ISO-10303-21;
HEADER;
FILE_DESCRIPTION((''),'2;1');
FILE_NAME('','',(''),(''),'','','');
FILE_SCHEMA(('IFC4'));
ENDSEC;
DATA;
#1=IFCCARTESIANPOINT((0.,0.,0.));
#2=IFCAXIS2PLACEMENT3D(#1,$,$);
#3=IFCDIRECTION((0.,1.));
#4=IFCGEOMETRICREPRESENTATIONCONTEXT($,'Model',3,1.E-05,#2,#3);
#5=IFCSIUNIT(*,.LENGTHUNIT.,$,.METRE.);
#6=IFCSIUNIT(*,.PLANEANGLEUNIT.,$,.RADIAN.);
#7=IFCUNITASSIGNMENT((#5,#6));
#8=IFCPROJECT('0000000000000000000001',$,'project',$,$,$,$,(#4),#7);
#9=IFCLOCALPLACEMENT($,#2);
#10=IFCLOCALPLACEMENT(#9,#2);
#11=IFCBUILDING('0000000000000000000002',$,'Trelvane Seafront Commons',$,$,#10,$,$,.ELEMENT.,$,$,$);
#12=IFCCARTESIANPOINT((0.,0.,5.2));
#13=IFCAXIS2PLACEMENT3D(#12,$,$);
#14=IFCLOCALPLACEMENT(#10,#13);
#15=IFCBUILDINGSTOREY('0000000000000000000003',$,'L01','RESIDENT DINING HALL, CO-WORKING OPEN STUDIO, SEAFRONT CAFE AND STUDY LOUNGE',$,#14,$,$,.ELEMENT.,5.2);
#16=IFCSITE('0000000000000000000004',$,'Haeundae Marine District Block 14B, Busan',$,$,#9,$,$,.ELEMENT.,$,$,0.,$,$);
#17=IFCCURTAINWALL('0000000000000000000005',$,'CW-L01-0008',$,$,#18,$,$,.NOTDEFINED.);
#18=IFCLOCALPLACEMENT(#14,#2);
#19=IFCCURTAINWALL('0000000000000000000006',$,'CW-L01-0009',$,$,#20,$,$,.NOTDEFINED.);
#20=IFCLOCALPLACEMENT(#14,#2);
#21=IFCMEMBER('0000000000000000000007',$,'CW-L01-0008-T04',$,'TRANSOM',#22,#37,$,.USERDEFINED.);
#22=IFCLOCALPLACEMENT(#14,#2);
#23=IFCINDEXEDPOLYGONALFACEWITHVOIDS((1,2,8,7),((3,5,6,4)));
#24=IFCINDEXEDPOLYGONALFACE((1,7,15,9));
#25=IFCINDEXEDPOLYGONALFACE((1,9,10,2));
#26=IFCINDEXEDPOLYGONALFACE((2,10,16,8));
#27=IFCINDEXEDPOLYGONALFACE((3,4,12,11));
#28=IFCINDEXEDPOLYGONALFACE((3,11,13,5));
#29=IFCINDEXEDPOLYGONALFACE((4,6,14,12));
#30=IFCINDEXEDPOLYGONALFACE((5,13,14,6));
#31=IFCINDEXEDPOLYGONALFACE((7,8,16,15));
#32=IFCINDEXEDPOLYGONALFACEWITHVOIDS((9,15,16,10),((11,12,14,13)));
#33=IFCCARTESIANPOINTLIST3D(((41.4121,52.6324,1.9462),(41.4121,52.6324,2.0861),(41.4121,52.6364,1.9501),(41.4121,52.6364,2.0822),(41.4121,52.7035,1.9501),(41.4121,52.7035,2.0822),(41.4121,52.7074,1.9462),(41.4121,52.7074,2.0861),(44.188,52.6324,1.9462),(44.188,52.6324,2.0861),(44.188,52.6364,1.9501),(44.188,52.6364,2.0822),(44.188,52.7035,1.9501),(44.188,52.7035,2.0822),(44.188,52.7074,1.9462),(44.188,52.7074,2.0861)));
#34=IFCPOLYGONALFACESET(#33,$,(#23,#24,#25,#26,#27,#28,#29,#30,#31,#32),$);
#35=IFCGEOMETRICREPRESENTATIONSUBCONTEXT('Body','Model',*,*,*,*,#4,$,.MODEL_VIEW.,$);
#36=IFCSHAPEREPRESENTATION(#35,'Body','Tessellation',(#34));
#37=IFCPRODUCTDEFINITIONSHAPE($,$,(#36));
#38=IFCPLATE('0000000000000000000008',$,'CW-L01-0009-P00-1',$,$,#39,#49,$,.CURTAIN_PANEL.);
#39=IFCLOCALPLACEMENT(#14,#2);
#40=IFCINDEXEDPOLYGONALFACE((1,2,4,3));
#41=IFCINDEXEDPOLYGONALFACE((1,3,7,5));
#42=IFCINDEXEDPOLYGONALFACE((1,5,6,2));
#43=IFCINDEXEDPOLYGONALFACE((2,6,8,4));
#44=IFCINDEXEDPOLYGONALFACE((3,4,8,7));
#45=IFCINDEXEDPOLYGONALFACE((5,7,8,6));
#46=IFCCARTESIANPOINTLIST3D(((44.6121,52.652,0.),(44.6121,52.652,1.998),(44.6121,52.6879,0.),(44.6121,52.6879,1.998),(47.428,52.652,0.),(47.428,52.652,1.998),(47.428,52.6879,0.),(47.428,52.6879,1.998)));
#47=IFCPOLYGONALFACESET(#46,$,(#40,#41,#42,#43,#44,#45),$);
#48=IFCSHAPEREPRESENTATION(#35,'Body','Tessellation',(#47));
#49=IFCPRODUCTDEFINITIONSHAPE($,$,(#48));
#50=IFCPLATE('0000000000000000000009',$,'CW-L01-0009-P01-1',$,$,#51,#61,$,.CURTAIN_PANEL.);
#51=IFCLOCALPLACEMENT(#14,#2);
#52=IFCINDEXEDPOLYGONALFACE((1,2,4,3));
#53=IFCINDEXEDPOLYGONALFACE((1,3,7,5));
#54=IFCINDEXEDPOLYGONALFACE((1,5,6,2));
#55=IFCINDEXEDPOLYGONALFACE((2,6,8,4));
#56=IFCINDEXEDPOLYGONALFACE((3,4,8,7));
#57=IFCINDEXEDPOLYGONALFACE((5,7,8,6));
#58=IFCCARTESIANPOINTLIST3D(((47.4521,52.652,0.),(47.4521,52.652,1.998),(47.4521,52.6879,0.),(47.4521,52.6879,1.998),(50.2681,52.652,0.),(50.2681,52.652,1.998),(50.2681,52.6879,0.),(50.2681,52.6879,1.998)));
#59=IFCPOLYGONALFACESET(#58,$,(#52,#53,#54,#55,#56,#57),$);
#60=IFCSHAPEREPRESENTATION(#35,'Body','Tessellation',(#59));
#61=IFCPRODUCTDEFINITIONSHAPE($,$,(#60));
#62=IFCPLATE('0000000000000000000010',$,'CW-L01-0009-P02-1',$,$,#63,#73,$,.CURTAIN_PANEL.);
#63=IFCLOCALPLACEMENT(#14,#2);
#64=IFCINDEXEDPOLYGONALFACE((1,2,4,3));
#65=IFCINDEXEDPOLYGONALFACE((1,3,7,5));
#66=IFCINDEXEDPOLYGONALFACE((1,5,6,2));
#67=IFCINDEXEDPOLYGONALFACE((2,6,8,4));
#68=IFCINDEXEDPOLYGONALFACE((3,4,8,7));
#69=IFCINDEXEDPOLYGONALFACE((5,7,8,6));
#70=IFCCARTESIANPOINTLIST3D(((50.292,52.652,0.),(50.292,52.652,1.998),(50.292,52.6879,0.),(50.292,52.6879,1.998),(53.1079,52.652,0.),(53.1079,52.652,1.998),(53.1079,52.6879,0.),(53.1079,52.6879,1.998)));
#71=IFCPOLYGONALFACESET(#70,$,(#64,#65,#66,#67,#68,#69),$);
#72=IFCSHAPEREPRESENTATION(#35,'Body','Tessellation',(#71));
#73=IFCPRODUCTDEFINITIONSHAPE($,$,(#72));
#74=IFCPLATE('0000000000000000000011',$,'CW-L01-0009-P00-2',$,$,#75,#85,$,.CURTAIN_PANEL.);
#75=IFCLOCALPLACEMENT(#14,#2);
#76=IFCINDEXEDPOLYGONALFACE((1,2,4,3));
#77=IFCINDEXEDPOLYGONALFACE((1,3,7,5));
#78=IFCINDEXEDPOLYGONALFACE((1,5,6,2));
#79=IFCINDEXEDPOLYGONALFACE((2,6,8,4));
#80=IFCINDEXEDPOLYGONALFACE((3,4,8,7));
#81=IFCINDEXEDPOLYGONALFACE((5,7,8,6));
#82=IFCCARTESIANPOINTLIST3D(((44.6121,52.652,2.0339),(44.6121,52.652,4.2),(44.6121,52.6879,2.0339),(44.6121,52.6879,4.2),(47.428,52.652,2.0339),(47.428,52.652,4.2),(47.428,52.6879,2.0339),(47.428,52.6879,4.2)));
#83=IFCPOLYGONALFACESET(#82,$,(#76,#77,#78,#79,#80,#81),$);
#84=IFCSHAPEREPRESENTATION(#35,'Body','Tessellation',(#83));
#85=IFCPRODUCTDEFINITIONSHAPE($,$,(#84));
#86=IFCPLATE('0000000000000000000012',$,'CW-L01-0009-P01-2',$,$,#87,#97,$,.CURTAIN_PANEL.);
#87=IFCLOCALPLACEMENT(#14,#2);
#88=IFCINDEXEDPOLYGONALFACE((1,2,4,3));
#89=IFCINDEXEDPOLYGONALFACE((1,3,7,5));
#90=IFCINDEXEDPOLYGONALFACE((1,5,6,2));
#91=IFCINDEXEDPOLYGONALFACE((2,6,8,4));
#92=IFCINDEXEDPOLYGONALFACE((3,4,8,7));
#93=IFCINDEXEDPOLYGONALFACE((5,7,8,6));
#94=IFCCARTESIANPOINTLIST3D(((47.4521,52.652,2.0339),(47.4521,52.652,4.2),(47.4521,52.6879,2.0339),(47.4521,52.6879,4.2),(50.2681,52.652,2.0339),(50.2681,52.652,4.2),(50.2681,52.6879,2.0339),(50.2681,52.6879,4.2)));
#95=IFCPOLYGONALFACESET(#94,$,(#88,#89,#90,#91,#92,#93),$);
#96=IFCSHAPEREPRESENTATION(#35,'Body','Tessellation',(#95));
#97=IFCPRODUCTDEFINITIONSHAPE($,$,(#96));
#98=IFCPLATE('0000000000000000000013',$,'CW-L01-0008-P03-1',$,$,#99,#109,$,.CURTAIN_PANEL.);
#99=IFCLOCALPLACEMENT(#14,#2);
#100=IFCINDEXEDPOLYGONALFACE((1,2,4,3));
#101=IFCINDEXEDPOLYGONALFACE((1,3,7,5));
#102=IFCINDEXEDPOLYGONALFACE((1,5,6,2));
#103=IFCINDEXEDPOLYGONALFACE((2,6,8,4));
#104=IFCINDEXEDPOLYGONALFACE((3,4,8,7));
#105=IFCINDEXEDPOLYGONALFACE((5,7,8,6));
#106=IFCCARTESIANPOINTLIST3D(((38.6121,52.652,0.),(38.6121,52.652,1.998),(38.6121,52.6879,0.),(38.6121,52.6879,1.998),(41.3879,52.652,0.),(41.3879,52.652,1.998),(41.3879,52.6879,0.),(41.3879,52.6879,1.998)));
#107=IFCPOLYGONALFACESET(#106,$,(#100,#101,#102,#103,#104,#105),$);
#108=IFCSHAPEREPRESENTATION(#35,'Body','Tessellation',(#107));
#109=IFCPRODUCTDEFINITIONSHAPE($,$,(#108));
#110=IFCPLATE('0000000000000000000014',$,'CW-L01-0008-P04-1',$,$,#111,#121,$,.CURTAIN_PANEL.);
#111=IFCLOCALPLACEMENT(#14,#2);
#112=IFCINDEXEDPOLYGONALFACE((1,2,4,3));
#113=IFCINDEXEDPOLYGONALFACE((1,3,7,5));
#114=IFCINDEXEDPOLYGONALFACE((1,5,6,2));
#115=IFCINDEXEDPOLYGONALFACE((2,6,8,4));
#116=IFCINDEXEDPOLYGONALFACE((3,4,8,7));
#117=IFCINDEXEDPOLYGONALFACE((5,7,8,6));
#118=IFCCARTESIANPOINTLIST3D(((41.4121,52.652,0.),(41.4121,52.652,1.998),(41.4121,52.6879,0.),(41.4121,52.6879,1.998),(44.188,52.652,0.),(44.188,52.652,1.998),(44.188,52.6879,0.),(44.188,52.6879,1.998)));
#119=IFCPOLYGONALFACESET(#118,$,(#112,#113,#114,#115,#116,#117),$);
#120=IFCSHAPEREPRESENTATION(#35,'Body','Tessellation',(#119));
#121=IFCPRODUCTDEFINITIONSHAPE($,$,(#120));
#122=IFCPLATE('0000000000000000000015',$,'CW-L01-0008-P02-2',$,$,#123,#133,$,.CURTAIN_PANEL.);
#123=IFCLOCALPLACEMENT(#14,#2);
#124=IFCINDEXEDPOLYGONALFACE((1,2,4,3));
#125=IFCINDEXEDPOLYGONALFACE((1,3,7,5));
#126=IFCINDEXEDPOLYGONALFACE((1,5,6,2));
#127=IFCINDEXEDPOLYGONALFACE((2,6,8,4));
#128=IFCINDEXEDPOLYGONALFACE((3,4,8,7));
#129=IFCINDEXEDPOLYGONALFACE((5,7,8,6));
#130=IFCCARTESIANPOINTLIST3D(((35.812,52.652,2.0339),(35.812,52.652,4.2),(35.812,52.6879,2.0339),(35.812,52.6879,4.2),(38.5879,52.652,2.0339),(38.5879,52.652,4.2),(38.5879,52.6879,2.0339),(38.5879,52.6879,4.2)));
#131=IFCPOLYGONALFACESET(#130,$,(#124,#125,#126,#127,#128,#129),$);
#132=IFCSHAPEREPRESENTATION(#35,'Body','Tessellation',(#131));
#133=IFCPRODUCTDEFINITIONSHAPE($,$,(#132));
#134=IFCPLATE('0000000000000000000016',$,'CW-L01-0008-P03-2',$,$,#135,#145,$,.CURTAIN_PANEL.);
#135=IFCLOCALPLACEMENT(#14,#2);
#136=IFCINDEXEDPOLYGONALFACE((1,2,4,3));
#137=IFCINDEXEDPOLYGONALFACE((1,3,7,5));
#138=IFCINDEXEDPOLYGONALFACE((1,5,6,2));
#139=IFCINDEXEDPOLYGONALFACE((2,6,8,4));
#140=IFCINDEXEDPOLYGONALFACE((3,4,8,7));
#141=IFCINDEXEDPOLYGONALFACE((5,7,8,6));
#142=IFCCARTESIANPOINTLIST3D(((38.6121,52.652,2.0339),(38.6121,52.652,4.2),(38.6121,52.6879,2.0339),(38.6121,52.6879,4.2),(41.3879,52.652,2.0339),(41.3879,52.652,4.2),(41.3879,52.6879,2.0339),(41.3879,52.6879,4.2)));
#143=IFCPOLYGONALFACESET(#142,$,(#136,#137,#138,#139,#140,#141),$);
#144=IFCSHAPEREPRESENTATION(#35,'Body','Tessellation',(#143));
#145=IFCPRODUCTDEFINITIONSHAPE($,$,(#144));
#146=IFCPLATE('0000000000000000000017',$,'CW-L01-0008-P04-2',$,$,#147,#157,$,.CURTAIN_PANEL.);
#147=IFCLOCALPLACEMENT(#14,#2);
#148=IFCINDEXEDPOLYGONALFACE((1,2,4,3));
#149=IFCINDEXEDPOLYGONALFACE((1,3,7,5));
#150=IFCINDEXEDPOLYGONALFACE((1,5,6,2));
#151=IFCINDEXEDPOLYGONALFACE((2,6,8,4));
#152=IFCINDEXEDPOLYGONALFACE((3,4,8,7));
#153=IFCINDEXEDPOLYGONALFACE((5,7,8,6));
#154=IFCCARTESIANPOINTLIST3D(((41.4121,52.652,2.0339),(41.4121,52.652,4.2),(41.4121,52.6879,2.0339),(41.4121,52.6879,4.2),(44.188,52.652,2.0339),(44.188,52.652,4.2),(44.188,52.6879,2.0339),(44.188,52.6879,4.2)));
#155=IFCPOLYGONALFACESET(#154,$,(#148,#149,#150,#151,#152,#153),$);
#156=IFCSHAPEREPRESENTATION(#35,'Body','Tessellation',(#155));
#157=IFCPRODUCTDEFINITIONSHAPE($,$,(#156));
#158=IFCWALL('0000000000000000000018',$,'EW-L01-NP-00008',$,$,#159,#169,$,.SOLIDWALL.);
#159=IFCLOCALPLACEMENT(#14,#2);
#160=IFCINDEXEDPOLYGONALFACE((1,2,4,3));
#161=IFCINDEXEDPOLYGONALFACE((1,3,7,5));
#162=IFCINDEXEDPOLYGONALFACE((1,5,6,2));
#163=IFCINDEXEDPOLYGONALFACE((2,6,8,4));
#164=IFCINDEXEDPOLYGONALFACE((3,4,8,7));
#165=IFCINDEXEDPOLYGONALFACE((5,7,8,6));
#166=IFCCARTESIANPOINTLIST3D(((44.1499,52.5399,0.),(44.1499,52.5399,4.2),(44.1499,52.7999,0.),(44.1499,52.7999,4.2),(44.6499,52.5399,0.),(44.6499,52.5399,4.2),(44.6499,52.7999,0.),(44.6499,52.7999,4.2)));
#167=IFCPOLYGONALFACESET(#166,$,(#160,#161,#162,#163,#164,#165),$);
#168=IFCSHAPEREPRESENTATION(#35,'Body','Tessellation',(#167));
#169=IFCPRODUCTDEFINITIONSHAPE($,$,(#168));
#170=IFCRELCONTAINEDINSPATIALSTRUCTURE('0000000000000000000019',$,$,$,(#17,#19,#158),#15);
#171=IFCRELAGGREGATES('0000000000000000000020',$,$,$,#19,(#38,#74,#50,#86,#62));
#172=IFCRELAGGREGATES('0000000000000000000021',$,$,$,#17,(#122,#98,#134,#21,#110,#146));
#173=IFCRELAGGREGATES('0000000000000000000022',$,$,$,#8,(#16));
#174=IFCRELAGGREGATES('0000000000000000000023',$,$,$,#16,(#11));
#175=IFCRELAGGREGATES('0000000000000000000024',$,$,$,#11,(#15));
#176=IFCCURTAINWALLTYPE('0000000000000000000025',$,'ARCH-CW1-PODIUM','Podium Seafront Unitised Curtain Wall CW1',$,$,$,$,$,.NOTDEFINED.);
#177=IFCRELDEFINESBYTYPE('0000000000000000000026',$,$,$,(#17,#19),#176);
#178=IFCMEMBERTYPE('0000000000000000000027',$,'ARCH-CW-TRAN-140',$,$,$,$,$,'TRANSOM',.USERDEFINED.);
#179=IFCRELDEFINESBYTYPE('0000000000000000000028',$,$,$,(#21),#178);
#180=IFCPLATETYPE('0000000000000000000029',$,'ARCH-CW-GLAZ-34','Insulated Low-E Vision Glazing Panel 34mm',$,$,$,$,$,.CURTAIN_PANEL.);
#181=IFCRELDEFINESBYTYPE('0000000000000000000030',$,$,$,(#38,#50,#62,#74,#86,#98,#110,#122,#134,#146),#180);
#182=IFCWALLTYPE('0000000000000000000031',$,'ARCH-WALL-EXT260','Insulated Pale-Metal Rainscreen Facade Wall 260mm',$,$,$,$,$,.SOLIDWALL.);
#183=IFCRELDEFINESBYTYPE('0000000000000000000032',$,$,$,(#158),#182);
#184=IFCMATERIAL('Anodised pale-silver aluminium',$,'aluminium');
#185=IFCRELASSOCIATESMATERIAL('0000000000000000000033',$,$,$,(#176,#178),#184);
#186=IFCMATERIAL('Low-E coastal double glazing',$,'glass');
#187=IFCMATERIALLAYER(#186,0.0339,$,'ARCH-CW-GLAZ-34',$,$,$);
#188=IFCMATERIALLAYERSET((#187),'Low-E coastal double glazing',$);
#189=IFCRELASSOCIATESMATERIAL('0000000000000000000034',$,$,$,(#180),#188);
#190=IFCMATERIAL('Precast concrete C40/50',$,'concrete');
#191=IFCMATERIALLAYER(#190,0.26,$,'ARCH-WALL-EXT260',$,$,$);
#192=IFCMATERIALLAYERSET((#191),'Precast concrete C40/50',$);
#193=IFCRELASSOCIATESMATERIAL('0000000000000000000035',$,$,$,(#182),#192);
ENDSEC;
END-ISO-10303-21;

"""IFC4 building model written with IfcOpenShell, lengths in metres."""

from ifc_helpers import new_model, si_unit, direction, frame, frame_2d, origin, origin_2d, place, context, subcontext, project, spatial, rectangle, hollow_rectangle, extrude, source, transform, mapped, material, layer, layer_set, material_profile, profile_set, type_object, element, aggregate, save


model = new_model("IFC4")

# Units and contexts
model_context = context("Model", 3, precision=1e-05, world=origin(), true_north=direction((0.0, 1.0)))
body_context = subcontext(model_context, "Body", "Model", "MODEL_VIEW")
ifc_project = project(units=[si_unit("LENGTHUNIT", "METRE"), si_unit("PLANEANGLEUNIT", "RADIAN")], contexts=[model_context])

# Site, building, storey
site_placement = place(None, origin())
site = spatial("IfcSite", under=ifc_project, at=site_placement, Name="Haeundae Marine District Block 14B, Busan", CompositionType="ELEMENT", RefElevation=0.0)
building_placement = place(site_placement, origin())
building = spatial("IfcBuilding", under=site, at=building_placement, Name="Trelvane Seafront Commons", CompositionType="ELEMENT")
storey_placement = place(building_placement, frame((0.0, 0.0, 5.2)))
storey = spatial("IfcBuildingStorey", under=building, at=storey_placement, Name="L01", Description="RESIDENT DINING HALL, CO-WORKING OPEN STUDIO, SEAFRONT CAFE AND STUDY LOUNGE", CompositionType="ELEMENT", Elevation=5.2)

# Curtain walls
ifc_material_1 = material(Name="Anodised pale-silver aluminium", Category="aluminium")
curtain_wall_type = type_object("IfcCurtainWallType", Name="ARCH-CW1-PODIUM", Description="Podium Seafront Unitised Curtain Wall CW1", PredefinedType="NOTDEFINED", material=ifc_material_1)
curtain_wall_1_placement = place(storey_placement, origin())
curtain_wall_1 = element("IfcCurtainWall", 1, at=curtain_wall_1_placement, inside=storey, type_object=curtain_wall_type, Name="CW-L01-0008", PredefinedType="NOTDEFINED")
curtain_wall_2_placement = place(storey_placement, origin())
curtain_wall_2 = element("IfcCurtainWall", 2, at=curtain_wall_2_placement, inside=storey, type_object=curtain_wall_type, Name="CW-L01-0009", PredefinedType="NOTDEFINED")
ifc_material_profile_1 = material_profile(ifc_material_1, hollow_rectangle(XDim=0.075, YDim=0.1399, WallThickness=0.0039, at=origin_2d()), Name="TRAN-75x140x4")
ifc_profile_set_1 = profile_set([ifc_material_profile_1], Name="Anodised pale-silver aluminium")
member_type_1 = type_object("IfcMemberType", Name="ARCH-CW-TRAN-140", ElementType="TRANSOM", PredefinedType="USERDEFINED", material=ifc_profile_set_1)

# Member
shared_shape_1 = source(origin(), body_context, "Body", "SweptSolid", [
    extrude(hollow_rectangle(XDim=0.075, YDim=0.1399, WallThickness=0.0039, at=origin_2d()), origin(), (0.0, 0.0, 1.0), 2.7759),
])
member_1_placement = place(storey_placement, frame((41.4121, 52.6699, 2.0161), z_axis=(1.0, 0.0, 0.0), x_axis=(0.0, 1.0, 0.0)))
member_1 = element("IfcMember", 3, at=member_1_placement, type_object=member_type_1, Name="CW-L01-0008-T04", ObjectType="TRANSOM", PredefinedType="USERDEFINED", context=body_context, shape_type="MappedRepresentation", body=[
    mapped(shared_shape_1, transform((0.0, 0.0, 0.0), x_axis=(1.0, 0.0, 0.0), y_axis=(0.0, 1.0, 0.0), z_axis=(0.0, 0.0, 1.0), scale=1.0)),
])

# Plates
ifc_material_2 = material(Name="Low-E coastal double glazing", Category="glass")
ifc_layer_1 = layer(ifc_material_2, 0.0339, Name="ARCH-CW-GLAZ-34")
ifc_layer_set_1 = layer_set([ifc_layer_1], Name="Low-E coastal double glazing")
plate_type = type_object("IfcPlateType", Name="ARCH-CW-GLAZ-34", Description="Insulated Low-E Vision Glazing Panel 34mm", PredefinedType="CURTAIN_PANEL", material=ifc_layer_set_1)
shared_shape_2 = source(origin(), body_context, "Body", "SweptSolid", [
    extrude(rectangle(XDim=2.8159, YDim=0.0359, at=origin_2d()), origin(), (0.0, 0.0, 1.0), 1.998),
])
plate_1_placement = place(storey_placement, frame((46.02, 52.6699, 0.0), z_axis=(0.0, 0.0, 1.0), x_axis=(1.0, 0.0, 0.0)))
plate_1 = element("IfcPlate", 4, at=plate_1_placement, type_object=plate_type, Name="CW-L01-0009-P00-1", PredefinedType="CURTAIN_PANEL", context=body_context, shape_type="MappedRepresentation", body=[
    mapped(shared_shape_2, transform((0.0, 0.0, 0.0), x_axis=(1.0, 0.0, 0.0), y_axis=(0.0, 1.0, 0.0), z_axis=(0.0, 0.0, 1.0), scale=1.0)),
])
plate_2_placement = place(storey_placement, frame((48.8601, 52.6699, 0.0), z_axis=(0.0, 0.0, 1.0), x_axis=(1.0, 0.0, 0.0)))
plate_2 = element("IfcPlate", 5, at=plate_2_placement, type_object=plate_type, Name="CW-L01-0009-P01-1", PredefinedType="CURTAIN_PANEL", context=body_context, shape_type="MappedRepresentation", body=[
    mapped(shared_shape_2, transform((0.0, 0.0, 0.0), x_axis=(1.0, 0.0, 0.0), y_axis=(0.0, 1.0, 0.0), z_axis=(0.0, 0.0, 1.0), scale=1.0)),
])
plate_3_placement = place(storey_placement, frame((51.7, 52.6699, 0.0), z_axis=(0.0, 0.0, 1.0), x_axis=(1.0, 0.0, 0.0)))
plate_3 = element("IfcPlate", 6, at=plate_3_placement, type_object=plate_type, Name="CW-L01-0009-P02-1", PredefinedType="CURTAIN_PANEL", context=body_context, shape_type="MappedRepresentation", body=[
    mapped(shared_shape_2, transform((0.0, 0.0, 0.0), x_axis=(1.0, 0.0, 0.0), y_axis=(0.0, 1.0, 0.0), z_axis=(0.0, 0.0, 1.0), scale=1.0)),
])
shared_shape_3 = source(origin(), body_context, "Body", "SweptSolid", [
    extrude(rectangle(XDim=2.8159, YDim=0.0359, at=origin_2d()), origin(), (0.0, 0.0, 1.0), 2.166),
])
plate_4_placement = place(storey_placement, frame((46.02, 52.6699, 2.0339), z_axis=(0.0, 0.0, 1.0), x_axis=(1.0, 0.0, 0.0)))
plate_4 = element("IfcPlate", 7, at=plate_4_placement, type_object=plate_type, Name="CW-L01-0009-P00-2", PredefinedType="CURTAIN_PANEL", context=body_context, shape_type="MappedRepresentation", body=[
    mapped(shared_shape_3, transform((0.0, 0.0, 0.0), x_axis=(1.0, 0.0, 0.0), y_axis=(0.0, 1.0, 0.0), z_axis=(0.0, 0.0, 1.0), scale=1.0)),
])
plate_5_placement = place(storey_placement, frame((48.8601, 52.6699, 2.0339), z_axis=(0.0, 0.0, 1.0), x_axis=(1.0, 0.0, 0.0)))
plate_5 = element("IfcPlate", 8, at=plate_5_placement, type_object=plate_type, Name="CW-L01-0009-P01-2", PredefinedType="CURTAIN_PANEL", context=body_context, shape_type="MappedRepresentation", body=[
    mapped(shared_shape_3, transform((0.0, 0.0, 0.0), x_axis=(1.0, 0.0, 0.0), y_axis=(0.0, 1.0, 0.0), z_axis=(0.0, 0.0, 1.0), scale=1.0)),
])
aggregate(curtain_wall_2, [plate_1, plate_4, plate_2, plate_5, plate_3])
shared_shape_4 = source(origin(), body_context, "Body", "SweptSolid", [
    extrude(rectangle(XDim=2.7759, YDim=0.0359, at=origin_2d()), origin(), (0.0, 0.0, 1.0), 1.998),
])
plate_6_placement = place(storey_placement, frame((40.0, 52.6699, 0.0), z_axis=(0.0, 0.0, 1.0), x_axis=(1.0, 0.0, 0.0)))
plate_6 = element("IfcPlate", 9, at=plate_6_placement, type_object=plate_type, Name="CW-L01-0008-P03-1", PredefinedType="CURTAIN_PANEL", context=body_context, shape_type="MappedRepresentation", body=[
    mapped(shared_shape_4, transform((0.0, 0.0, 0.0), x_axis=(1.0, 0.0, 0.0), y_axis=(0.0, 1.0, 0.0), z_axis=(0.0, 0.0, 1.0), scale=1.0)),
])
plate_7_placement = place(storey_placement, frame((42.8, 52.6699, 0.0), z_axis=(0.0, 0.0, 1.0), x_axis=(1.0, 0.0, 0.0)))
plate_7 = element("IfcPlate", 10, at=plate_7_placement, type_object=plate_type, Name="CW-L01-0008-P04-1", PredefinedType="CURTAIN_PANEL", context=body_context, shape_type="MappedRepresentation", body=[
    mapped(shared_shape_4, transform((0.0, 0.0, 0.0), x_axis=(1.0, 0.0, 0.0), y_axis=(0.0, 1.0, 0.0), z_axis=(0.0, 0.0, 1.0), scale=1.0)),
])
shared_shape_5 = source(origin(), body_context, "Body", "SweptSolid", [
    extrude(rectangle(XDim=2.7759, YDim=0.0359, at=origin_2d()), origin(), (0.0, 0.0, 1.0), 2.166),
])
plate_8_placement = place(storey_placement, frame((37.2, 52.6699, 2.0339), z_axis=(0.0, 0.0, 1.0), x_axis=(1.0, 0.0, 0.0)))
plate_8 = element("IfcPlate", 11, at=plate_8_placement, type_object=plate_type, Name="CW-L01-0008-P02-2", PredefinedType="CURTAIN_PANEL", context=body_context, shape_type="MappedRepresentation", body=[
    mapped(shared_shape_5, transform((0.0, 0.0, 0.0), x_axis=(1.0, 0.0, 0.0), y_axis=(0.0, 1.0, 0.0), z_axis=(0.0, 0.0, 1.0), scale=1.0)),
])
plate_9_placement = place(storey_placement, frame((40.0, 52.6699, 2.0339), z_axis=(0.0, 0.0, 1.0), x_axis=(1.0, 0.0, 0.0)))
plate_9 = element("IfcPlate", 12, at=plate_9_placement, type_object=plate_type, Name="CW-L01-0008-P03-2", PredefinedType="CURTAIN_PANEL", context=body_context, shape_type="MappedRepresentation", body=[
    mapped(shared_shape_5, transform((0.0, 0.0, 0.0), x_axis=(1.0, 0.0, 0.0), y_axis=(0.0, 1.0, 0.0), z_axis=(0.0, 0.0, 1.0), scale=1.0)),
])
plate_10_placement = place(storey_placement, frame((42.8, 52.6699, 2.0339), z_axis=(0.0, 0.0, 1.0), x_axis=(1.0, 0.0, 0.0)))
plate_10 = element("IfcPlate", 13, at=plate_10_placement, type_object=plate_type, Name="CW-L01-0008-P04-2", PredefinedType="CURTAIN_PANEL", context=body_context, shape_type="MappedRepresentation", body=[
    mapped(shared_shape_5, transform((0.0, 0.0, 0.0), x_axis=(1.0, 0.0, 0.0), y_axis=(0.0, 1.0, 0.0), z_axis=(0.0, 0.0, 1.0), scale=1.0)),
])
aggregate(curtain_wall_1, [plate_8, plate_6, plate_9, member_1, plate_7, plate_10])

# Wall
ifc_material_3 = material(Name="Precast concrete C40/50", Category="concrete")
ifc_layer_2 = layer(ifc_material_3, 0.26, Name="ARCH-WALL-EXT260")
ifc_layer_set_2 = layer_set([ifc_layer_2], Name="Precast concrete C40/50")
wall_type = type_object("IfcWallType", Name="ARCH-WALL-EXT260", Description="Insulated Pale-Metal Rainscreen Facade Wall 260mm", PredefinedType="SOLIDWALL", material=ifc_layer_set_2)
wall_placement = place(storey_placement, frame((44.1499, 52.6699, 0.0), z_axis=(0.0, 0.0, 1.0), x_axis=(1.0, 0.0, 0.0)))
element("IfcWall", 14, at=wall_placement, inside=storey, type_object=wall_type, Name="EW-L01-NP-00008", PredefinedType="SOLIDWALL", context=body_context, shape_type="SweptSolid", body=[
    extrude(rectangle(XDim=0.5, YDim=0.26, at=frame_2d((0.25, 0.0))), origin(), (0.0, 0.0, 1.0), 4.2),
])

save(model, "model.ifc")
